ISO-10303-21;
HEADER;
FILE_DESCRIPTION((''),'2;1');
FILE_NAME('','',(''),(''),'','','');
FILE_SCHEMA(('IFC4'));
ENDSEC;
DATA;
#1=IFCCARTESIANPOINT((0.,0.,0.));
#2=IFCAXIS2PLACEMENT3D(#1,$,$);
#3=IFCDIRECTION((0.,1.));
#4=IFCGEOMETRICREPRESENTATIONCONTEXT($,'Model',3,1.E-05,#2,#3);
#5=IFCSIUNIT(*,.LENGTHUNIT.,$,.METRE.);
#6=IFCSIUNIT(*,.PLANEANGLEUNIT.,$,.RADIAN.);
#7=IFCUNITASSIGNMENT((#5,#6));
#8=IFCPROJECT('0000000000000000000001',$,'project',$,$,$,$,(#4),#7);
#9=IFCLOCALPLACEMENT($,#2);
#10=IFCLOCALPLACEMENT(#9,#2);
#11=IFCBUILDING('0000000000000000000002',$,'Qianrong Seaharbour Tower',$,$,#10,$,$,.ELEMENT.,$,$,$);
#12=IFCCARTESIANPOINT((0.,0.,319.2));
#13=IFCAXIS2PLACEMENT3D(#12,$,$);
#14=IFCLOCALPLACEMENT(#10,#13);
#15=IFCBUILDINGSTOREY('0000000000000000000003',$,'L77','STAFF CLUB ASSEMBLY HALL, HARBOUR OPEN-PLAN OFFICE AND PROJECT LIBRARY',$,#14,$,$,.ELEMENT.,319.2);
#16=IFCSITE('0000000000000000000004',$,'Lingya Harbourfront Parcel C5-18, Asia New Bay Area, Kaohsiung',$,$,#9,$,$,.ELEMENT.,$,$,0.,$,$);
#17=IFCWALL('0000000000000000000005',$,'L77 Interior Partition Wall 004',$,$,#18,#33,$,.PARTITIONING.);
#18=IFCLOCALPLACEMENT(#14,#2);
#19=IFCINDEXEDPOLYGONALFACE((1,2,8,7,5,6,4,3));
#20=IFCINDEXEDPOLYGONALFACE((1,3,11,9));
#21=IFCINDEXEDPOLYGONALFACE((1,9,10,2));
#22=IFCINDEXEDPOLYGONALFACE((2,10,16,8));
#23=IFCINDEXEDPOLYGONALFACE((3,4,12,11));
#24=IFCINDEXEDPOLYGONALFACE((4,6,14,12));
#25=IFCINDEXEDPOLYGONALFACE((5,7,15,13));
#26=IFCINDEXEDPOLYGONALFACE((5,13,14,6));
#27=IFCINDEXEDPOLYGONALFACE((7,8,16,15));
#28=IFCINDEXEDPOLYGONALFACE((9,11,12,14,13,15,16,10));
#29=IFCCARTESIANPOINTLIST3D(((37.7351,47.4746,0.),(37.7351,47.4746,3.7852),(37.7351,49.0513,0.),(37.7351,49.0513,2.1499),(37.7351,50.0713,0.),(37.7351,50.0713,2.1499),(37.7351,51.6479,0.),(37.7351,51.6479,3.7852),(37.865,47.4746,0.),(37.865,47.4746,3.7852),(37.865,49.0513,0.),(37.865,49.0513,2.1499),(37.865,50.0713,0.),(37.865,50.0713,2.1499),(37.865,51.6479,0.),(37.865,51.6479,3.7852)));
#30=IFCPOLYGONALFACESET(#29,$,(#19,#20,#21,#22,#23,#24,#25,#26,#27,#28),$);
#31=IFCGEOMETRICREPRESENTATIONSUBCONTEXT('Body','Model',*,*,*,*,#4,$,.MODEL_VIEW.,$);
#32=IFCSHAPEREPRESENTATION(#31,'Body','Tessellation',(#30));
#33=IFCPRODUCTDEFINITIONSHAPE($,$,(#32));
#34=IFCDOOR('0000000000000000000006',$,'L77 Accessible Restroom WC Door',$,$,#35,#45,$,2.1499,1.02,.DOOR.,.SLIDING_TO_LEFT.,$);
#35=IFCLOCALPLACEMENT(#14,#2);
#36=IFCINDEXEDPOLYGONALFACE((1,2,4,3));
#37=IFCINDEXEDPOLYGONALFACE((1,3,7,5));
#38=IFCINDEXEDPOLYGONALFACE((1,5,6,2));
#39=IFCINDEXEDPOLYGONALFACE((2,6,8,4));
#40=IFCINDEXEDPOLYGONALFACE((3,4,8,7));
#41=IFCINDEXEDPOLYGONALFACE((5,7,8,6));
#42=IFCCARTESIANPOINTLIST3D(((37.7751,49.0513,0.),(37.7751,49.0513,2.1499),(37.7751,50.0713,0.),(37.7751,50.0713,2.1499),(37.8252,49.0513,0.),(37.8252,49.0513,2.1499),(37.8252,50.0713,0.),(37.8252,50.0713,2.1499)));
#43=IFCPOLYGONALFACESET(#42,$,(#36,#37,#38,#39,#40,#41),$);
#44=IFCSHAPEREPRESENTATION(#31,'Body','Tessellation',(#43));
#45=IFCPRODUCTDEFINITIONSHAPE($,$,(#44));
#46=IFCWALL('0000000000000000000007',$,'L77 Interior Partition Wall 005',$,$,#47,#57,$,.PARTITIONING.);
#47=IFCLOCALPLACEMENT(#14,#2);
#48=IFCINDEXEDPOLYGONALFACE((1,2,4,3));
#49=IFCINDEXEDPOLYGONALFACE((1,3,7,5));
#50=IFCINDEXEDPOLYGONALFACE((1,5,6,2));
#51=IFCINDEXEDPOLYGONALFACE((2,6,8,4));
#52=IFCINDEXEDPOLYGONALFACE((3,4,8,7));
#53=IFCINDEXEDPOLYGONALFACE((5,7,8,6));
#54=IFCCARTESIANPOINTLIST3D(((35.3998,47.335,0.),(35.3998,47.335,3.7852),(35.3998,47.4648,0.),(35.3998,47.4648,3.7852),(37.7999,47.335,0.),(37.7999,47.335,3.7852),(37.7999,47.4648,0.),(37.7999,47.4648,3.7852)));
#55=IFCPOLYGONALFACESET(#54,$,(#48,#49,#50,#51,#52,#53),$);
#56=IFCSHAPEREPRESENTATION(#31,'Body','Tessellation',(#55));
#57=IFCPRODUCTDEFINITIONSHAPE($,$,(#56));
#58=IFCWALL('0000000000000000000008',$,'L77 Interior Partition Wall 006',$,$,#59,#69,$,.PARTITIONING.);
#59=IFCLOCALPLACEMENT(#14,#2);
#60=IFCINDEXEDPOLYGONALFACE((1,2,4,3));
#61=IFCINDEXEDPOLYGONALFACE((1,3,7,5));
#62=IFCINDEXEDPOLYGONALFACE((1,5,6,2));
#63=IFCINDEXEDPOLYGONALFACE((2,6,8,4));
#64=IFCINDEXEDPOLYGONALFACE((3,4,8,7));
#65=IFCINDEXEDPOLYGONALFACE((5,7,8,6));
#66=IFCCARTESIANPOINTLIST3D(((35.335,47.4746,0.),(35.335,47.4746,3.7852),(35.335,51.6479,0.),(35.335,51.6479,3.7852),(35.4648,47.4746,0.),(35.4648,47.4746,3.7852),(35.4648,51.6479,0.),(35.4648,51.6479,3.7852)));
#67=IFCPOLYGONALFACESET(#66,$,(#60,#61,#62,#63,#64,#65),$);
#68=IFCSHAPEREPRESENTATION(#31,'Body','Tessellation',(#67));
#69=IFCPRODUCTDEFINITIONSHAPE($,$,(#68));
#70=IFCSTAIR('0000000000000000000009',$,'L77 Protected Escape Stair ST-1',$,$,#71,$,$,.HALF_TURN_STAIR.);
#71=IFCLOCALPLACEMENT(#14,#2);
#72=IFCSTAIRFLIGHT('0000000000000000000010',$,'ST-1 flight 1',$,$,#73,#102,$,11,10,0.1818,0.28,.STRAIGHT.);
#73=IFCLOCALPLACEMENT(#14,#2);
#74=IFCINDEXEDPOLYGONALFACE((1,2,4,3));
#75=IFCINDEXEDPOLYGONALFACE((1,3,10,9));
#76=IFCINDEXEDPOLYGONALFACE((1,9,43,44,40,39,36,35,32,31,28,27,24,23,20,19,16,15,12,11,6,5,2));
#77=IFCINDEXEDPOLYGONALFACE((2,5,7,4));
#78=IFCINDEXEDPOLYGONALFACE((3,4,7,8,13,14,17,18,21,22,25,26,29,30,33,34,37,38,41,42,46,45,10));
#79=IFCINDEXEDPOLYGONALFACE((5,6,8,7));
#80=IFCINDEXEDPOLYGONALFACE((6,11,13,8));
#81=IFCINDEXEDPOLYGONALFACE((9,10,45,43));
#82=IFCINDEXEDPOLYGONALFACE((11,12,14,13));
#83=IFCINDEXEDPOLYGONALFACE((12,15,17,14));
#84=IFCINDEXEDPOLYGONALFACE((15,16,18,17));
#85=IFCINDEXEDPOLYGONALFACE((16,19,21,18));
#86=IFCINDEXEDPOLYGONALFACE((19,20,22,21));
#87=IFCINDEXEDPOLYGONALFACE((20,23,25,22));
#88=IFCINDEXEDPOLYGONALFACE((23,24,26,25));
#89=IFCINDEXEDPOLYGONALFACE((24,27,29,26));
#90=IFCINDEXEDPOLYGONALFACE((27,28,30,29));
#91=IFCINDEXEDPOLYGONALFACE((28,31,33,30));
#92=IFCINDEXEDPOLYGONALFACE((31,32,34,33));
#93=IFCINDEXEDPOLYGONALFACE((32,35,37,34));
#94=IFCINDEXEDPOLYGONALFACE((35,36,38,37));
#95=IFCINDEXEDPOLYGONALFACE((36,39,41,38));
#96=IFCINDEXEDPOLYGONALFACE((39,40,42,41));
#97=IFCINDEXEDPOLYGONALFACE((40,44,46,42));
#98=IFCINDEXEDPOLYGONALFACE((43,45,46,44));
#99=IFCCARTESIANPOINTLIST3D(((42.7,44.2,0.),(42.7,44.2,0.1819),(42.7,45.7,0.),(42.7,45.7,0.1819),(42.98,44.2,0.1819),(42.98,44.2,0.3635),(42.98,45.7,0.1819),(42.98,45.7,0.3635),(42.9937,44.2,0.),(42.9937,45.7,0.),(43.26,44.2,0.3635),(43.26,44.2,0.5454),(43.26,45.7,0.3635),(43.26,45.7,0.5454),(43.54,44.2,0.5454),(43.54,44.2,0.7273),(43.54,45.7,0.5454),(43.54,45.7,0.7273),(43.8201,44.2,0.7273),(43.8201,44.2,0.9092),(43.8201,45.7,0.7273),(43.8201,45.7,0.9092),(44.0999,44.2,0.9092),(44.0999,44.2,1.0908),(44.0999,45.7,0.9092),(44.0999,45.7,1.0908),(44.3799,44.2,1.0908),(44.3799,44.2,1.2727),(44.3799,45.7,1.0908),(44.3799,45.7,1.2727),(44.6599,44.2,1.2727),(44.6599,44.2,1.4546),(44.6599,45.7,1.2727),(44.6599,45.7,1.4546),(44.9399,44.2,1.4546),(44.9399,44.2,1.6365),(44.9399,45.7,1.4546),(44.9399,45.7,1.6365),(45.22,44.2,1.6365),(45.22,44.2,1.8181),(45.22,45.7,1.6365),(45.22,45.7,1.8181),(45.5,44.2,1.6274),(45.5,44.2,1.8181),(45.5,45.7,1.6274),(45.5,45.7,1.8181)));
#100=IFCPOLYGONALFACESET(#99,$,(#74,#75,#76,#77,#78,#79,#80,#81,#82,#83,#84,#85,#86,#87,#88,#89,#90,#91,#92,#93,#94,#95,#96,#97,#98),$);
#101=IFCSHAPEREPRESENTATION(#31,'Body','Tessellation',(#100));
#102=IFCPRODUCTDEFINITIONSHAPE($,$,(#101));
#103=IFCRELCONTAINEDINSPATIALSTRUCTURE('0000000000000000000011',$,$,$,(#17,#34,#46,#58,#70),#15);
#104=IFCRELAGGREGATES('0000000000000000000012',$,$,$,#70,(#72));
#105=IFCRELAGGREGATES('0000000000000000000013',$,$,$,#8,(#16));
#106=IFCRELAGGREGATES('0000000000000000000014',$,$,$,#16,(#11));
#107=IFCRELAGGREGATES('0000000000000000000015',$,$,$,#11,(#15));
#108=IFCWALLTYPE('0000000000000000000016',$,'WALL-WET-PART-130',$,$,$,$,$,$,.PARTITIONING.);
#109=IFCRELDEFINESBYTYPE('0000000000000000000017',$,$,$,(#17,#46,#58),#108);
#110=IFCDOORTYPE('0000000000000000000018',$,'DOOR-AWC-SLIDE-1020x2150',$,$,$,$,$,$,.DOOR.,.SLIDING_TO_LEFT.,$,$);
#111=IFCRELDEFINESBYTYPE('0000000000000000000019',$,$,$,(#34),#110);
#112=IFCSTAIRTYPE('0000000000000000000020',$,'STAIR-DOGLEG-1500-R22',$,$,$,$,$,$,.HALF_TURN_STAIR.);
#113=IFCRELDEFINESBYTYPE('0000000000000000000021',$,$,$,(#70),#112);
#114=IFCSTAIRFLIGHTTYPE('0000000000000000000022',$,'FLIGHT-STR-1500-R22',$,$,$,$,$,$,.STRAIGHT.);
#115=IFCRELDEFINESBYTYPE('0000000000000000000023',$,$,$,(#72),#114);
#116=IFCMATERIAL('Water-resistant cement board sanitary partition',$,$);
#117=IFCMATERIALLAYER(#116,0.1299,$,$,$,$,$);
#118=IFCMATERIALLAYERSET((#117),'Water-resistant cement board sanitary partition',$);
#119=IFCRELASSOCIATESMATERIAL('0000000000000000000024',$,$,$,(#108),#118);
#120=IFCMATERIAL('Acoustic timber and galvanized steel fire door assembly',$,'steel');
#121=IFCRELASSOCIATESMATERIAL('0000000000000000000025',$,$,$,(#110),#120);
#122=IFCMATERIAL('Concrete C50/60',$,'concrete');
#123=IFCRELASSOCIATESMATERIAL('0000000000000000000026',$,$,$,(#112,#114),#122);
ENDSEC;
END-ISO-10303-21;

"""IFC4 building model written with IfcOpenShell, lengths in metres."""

from ifc_helpers import new_model, si_unit, direction, frame, frame_2d, origin, place, context, subcontext, project, spatial, polyline, rectangle, outline, extrude, material, layer, layer_set, type_object, element, fill, aggregate, save


model = new_model("IFC4")

# Units and contexts
model_context = context("Model", 3, precision=1e-05, world=origin(), true_north=direction((0.0, 1.0)))
body_context = subcontext(model_context, "Body", "Model", "MODEL_VIEW")
ifc_project = project(units=[si_unit("LENGTHUNIT", "METRE"), si_unit("PLANEANGLEUNIT", "RADIAN")], contexts=[model_context])

# Site, building, storey
site_placement = place(None, origin())
site = spatial("IfcSite", under=ifc_project, at=site_placement, Name="Lingya Harbourfront Parcel C5-18, Asia New Bay Area, Kaohsiung", CompositionType="ELEMENT", RefElevation=0.0)
building_placement = place(site_placement, origin())
building = spatial("IfcBuilding", under=site, at=building_placement, Name="Qianrong Seaharbour Tower", CompositionType="ELEMENT")
storey_placement = place(building_placement, frame((0.0, 0.0, 319.2)))
storey = spatial("IfcBuildingStorey", under=building, at=storey_placement, Name="L77", Description="STAFF CLUB ASSEMBLY HALL, HARBOUR OPEN-PLAN OFFICE AND PROJECT LIBRARY", CompositionType="ELEMENT", Elevation=319.2)

# Shared definitions
ifc_material_1 = material(Name="Concrete C50/60", Category="concrete")

# Shared definitions
ifc_material_2 = material(Name="Acoustic timber and galvanized steel fire door assembly", Category="steel")

# Wall, opening, door
ifc_material_3 = material(Name="Water-resistant cement board sanitary partition")
ifc_layer_1 = layer(ifc_material_3, 0.1299)
ifc_layer_set_1 = layer_set([ifc_layer_1], Name="Water-resistant cement board sanitary partition")
wall_type_1 = type_object("IfcWallType", Name="WALL-WET-PART-130", PredefinedType="PARTITIONING", material=ifc_layer_set_1)
wall_1_placement = place(storey_placement, frame((37.8, 47.4746, 0.0), z_axis=(0.0, 0.0, 1.0), x_axis=(0.0, 1.0, 0.0)))
wall_1 = element("IfcWall", 1, at=wall_1_placement, inside=storey, type_object=wall_type_1, Name="L77 Interior Partition Wall 004", PredefinedType="PARTITIONING", context=body_context, shape_type="SweptSolid", body=[
    extrude(rectangle(XDim=4.1733, YDim=0.1299, at=frame_2d((2.0867, 0.0))), origin(), (0.0, 0.0, 1.0), 3.7852),
])
opening_1_placement = place(wall_1_placement, frame((1.5767, 0.0, 0.0)))
opening_1 = element("IfcOpeningElement", 2, at=opening_1_placement, cuts=wall_1, PredefinedType="OPENING", context=body_context, shape_type="SweptSolid", body=[
    extrude(rectangle(XDim=1.02, YDim=2.1499, at=frame_2d((0.51, 1.075))), frame((0.0, 0.075, 0.0), z_axis=(0.0, -1.0, 0.0), x_axis=(1.0, 0.0, 0.0)), (0.0, 0.0, 1.0), 0.1499),
])
door_type_1 = type_object("IfcDoorType", Name="DOOR-AWC-SLIDE-1020x2150", OperationType="SLIDING_TO_LEFT", PredefinedType="DOOR", material=ifc_material_2)
door_1_placement = place(opening_1_placement, origin())
door_1 = element("IfcDoor", 3, at=door_1_placement, inside=storey, type_object=door_type_1, Name="L77 Accessible Restroom WC Door", OperationType="SLIDING_TO_LEFT", OverallHeight=2.1499, OverallWidth=1.02, PredefinedType="DOOR", context=body_context, shape_type="SweptSolid", body=[
    extrude(rectangle(XDim=1.02, YDim=2.1499, at=frame_2d((0.51, 1.075))), frame((0.0, 0.0249, 0.0), z_axis=(0.0, -1.0, 0.0), x_axis=(1.0, 0.0, 0.0)), (0.0, 0.0, 1.0), 0.05),
])
fill(opening_1, door_1)

# Walls
wall_2_placement = place(storey_placement, frame((37.8, 47.3999, 0.0), z_axis=(0.0, 0.0, 1.0), x_axis=(-1.0, 0.0, 0.0)))
element("IfcWall", 4, at=wall_2_placement, inside=storey, type_object=wall_type_1, Name="L77 Interior Partition Wall 005", PredefinedType="PARTITIONING", context=body_context, shape_type="SweptSolid", body=[
    extrude(rectangle(XDim=2.4001, YDim=0.1299, at=frame_2d((1.2002, 0.0))), origin(), (0.0, 0.0, 1.0), 3.7852),
])
wall_3_placement = place(storey_placement, frame((35.3999, 47.4746, 0.0), z_axis=(0.0, 0.0, 1.0), x_axis=(0.0, 1.0, 0.0)))
element("IfcWall", 5, at=wall_3_placement, inside=storey, type_object=wall_type_1, Name="L77 Interior Partition Wall 006", PredefinedType="PARTITIONING", context=body_context, shape_type="SweptSolid", body=[
    extrude(rectangle(XDim=4.1733, YDim=0.1299, at=frame_2d((2.0867, 0.0))), origin(), (0.0, 0.0, 1.0), 3.7852),
])

# Stair, stair flight
stair_type = type_object("IfcStairType", Name="STAIR-DOGLEG-1500-R22", PredefinedType="HALF_TURN_STAIR", material=ifc_material_1)
stair_placement = place(storey_placement, origin())
stair = element("IfcStair", 6, at=stair_placement, inside=storey, type_object=stair_type, Name="L77 Protected Escape Stair ST-1", PredefinedType="HALF_TURN_STAIR")
stair_flight_type = type_object("IfcStairFlightType", Name="FLIGHT-STR-1500-R22", PredefinedType="STRAIGHT", material=ifc_material_1)
stair_flight_placement = place(storey_placement, frame((42.7, 44.95, 0.0), z_axis=(0.0, 0.0, 1.0), x_axis=(1.0, 0.0, 0.0)))
stair_flight = element("IfcStairFlight", 7, at=stair_flight_placement, type_object=stair_flight_type, Name="ST-1 flight 1", NumberOfRisers=11, NumberOfTreads=10, PredefinedType="STRAIGHT", RiserHeight=0.1818, TreadLength=0.28, context=body_context, shape_type="SweptSolid", body=[
    extrude(outline(polyline([(0.0, 0.0), (0.0, 0.1819), (0.28, 0.1819), (0.28, 0.3635), (0.5601, 0.3635), (0.5601, 0.5454), (0.8401, 0.5454), (0.8401, 0.7273), (1.1201, 0.7273), (1.1201, 0.9092), (1.3999, 0.9092), (1.3999, 1.0908), (1.6799, 1.0908), (1.6799, 1.2727), (1.96, 1.2727), (1.96, 1.4546), (2.24, 1.4546), (2.24, 1.6365), (2.52, 1.6365), (2.52, 1.8181), (2.8, 1.8181), (2.8, 2.0), (2.8, 1.6274), (0.2937, 0.0), (0.0, 0.0)])), frame((0.0, 0.75, 0.0), z_axis=(0.0, -1.0, 0.0), x_axis=(1.0, 0.0, 0.0)), (0.0, 0.0, 1.0), 1.5),
])
aggregate(stair, [stair_flight])

save(model, "model.ifc")
